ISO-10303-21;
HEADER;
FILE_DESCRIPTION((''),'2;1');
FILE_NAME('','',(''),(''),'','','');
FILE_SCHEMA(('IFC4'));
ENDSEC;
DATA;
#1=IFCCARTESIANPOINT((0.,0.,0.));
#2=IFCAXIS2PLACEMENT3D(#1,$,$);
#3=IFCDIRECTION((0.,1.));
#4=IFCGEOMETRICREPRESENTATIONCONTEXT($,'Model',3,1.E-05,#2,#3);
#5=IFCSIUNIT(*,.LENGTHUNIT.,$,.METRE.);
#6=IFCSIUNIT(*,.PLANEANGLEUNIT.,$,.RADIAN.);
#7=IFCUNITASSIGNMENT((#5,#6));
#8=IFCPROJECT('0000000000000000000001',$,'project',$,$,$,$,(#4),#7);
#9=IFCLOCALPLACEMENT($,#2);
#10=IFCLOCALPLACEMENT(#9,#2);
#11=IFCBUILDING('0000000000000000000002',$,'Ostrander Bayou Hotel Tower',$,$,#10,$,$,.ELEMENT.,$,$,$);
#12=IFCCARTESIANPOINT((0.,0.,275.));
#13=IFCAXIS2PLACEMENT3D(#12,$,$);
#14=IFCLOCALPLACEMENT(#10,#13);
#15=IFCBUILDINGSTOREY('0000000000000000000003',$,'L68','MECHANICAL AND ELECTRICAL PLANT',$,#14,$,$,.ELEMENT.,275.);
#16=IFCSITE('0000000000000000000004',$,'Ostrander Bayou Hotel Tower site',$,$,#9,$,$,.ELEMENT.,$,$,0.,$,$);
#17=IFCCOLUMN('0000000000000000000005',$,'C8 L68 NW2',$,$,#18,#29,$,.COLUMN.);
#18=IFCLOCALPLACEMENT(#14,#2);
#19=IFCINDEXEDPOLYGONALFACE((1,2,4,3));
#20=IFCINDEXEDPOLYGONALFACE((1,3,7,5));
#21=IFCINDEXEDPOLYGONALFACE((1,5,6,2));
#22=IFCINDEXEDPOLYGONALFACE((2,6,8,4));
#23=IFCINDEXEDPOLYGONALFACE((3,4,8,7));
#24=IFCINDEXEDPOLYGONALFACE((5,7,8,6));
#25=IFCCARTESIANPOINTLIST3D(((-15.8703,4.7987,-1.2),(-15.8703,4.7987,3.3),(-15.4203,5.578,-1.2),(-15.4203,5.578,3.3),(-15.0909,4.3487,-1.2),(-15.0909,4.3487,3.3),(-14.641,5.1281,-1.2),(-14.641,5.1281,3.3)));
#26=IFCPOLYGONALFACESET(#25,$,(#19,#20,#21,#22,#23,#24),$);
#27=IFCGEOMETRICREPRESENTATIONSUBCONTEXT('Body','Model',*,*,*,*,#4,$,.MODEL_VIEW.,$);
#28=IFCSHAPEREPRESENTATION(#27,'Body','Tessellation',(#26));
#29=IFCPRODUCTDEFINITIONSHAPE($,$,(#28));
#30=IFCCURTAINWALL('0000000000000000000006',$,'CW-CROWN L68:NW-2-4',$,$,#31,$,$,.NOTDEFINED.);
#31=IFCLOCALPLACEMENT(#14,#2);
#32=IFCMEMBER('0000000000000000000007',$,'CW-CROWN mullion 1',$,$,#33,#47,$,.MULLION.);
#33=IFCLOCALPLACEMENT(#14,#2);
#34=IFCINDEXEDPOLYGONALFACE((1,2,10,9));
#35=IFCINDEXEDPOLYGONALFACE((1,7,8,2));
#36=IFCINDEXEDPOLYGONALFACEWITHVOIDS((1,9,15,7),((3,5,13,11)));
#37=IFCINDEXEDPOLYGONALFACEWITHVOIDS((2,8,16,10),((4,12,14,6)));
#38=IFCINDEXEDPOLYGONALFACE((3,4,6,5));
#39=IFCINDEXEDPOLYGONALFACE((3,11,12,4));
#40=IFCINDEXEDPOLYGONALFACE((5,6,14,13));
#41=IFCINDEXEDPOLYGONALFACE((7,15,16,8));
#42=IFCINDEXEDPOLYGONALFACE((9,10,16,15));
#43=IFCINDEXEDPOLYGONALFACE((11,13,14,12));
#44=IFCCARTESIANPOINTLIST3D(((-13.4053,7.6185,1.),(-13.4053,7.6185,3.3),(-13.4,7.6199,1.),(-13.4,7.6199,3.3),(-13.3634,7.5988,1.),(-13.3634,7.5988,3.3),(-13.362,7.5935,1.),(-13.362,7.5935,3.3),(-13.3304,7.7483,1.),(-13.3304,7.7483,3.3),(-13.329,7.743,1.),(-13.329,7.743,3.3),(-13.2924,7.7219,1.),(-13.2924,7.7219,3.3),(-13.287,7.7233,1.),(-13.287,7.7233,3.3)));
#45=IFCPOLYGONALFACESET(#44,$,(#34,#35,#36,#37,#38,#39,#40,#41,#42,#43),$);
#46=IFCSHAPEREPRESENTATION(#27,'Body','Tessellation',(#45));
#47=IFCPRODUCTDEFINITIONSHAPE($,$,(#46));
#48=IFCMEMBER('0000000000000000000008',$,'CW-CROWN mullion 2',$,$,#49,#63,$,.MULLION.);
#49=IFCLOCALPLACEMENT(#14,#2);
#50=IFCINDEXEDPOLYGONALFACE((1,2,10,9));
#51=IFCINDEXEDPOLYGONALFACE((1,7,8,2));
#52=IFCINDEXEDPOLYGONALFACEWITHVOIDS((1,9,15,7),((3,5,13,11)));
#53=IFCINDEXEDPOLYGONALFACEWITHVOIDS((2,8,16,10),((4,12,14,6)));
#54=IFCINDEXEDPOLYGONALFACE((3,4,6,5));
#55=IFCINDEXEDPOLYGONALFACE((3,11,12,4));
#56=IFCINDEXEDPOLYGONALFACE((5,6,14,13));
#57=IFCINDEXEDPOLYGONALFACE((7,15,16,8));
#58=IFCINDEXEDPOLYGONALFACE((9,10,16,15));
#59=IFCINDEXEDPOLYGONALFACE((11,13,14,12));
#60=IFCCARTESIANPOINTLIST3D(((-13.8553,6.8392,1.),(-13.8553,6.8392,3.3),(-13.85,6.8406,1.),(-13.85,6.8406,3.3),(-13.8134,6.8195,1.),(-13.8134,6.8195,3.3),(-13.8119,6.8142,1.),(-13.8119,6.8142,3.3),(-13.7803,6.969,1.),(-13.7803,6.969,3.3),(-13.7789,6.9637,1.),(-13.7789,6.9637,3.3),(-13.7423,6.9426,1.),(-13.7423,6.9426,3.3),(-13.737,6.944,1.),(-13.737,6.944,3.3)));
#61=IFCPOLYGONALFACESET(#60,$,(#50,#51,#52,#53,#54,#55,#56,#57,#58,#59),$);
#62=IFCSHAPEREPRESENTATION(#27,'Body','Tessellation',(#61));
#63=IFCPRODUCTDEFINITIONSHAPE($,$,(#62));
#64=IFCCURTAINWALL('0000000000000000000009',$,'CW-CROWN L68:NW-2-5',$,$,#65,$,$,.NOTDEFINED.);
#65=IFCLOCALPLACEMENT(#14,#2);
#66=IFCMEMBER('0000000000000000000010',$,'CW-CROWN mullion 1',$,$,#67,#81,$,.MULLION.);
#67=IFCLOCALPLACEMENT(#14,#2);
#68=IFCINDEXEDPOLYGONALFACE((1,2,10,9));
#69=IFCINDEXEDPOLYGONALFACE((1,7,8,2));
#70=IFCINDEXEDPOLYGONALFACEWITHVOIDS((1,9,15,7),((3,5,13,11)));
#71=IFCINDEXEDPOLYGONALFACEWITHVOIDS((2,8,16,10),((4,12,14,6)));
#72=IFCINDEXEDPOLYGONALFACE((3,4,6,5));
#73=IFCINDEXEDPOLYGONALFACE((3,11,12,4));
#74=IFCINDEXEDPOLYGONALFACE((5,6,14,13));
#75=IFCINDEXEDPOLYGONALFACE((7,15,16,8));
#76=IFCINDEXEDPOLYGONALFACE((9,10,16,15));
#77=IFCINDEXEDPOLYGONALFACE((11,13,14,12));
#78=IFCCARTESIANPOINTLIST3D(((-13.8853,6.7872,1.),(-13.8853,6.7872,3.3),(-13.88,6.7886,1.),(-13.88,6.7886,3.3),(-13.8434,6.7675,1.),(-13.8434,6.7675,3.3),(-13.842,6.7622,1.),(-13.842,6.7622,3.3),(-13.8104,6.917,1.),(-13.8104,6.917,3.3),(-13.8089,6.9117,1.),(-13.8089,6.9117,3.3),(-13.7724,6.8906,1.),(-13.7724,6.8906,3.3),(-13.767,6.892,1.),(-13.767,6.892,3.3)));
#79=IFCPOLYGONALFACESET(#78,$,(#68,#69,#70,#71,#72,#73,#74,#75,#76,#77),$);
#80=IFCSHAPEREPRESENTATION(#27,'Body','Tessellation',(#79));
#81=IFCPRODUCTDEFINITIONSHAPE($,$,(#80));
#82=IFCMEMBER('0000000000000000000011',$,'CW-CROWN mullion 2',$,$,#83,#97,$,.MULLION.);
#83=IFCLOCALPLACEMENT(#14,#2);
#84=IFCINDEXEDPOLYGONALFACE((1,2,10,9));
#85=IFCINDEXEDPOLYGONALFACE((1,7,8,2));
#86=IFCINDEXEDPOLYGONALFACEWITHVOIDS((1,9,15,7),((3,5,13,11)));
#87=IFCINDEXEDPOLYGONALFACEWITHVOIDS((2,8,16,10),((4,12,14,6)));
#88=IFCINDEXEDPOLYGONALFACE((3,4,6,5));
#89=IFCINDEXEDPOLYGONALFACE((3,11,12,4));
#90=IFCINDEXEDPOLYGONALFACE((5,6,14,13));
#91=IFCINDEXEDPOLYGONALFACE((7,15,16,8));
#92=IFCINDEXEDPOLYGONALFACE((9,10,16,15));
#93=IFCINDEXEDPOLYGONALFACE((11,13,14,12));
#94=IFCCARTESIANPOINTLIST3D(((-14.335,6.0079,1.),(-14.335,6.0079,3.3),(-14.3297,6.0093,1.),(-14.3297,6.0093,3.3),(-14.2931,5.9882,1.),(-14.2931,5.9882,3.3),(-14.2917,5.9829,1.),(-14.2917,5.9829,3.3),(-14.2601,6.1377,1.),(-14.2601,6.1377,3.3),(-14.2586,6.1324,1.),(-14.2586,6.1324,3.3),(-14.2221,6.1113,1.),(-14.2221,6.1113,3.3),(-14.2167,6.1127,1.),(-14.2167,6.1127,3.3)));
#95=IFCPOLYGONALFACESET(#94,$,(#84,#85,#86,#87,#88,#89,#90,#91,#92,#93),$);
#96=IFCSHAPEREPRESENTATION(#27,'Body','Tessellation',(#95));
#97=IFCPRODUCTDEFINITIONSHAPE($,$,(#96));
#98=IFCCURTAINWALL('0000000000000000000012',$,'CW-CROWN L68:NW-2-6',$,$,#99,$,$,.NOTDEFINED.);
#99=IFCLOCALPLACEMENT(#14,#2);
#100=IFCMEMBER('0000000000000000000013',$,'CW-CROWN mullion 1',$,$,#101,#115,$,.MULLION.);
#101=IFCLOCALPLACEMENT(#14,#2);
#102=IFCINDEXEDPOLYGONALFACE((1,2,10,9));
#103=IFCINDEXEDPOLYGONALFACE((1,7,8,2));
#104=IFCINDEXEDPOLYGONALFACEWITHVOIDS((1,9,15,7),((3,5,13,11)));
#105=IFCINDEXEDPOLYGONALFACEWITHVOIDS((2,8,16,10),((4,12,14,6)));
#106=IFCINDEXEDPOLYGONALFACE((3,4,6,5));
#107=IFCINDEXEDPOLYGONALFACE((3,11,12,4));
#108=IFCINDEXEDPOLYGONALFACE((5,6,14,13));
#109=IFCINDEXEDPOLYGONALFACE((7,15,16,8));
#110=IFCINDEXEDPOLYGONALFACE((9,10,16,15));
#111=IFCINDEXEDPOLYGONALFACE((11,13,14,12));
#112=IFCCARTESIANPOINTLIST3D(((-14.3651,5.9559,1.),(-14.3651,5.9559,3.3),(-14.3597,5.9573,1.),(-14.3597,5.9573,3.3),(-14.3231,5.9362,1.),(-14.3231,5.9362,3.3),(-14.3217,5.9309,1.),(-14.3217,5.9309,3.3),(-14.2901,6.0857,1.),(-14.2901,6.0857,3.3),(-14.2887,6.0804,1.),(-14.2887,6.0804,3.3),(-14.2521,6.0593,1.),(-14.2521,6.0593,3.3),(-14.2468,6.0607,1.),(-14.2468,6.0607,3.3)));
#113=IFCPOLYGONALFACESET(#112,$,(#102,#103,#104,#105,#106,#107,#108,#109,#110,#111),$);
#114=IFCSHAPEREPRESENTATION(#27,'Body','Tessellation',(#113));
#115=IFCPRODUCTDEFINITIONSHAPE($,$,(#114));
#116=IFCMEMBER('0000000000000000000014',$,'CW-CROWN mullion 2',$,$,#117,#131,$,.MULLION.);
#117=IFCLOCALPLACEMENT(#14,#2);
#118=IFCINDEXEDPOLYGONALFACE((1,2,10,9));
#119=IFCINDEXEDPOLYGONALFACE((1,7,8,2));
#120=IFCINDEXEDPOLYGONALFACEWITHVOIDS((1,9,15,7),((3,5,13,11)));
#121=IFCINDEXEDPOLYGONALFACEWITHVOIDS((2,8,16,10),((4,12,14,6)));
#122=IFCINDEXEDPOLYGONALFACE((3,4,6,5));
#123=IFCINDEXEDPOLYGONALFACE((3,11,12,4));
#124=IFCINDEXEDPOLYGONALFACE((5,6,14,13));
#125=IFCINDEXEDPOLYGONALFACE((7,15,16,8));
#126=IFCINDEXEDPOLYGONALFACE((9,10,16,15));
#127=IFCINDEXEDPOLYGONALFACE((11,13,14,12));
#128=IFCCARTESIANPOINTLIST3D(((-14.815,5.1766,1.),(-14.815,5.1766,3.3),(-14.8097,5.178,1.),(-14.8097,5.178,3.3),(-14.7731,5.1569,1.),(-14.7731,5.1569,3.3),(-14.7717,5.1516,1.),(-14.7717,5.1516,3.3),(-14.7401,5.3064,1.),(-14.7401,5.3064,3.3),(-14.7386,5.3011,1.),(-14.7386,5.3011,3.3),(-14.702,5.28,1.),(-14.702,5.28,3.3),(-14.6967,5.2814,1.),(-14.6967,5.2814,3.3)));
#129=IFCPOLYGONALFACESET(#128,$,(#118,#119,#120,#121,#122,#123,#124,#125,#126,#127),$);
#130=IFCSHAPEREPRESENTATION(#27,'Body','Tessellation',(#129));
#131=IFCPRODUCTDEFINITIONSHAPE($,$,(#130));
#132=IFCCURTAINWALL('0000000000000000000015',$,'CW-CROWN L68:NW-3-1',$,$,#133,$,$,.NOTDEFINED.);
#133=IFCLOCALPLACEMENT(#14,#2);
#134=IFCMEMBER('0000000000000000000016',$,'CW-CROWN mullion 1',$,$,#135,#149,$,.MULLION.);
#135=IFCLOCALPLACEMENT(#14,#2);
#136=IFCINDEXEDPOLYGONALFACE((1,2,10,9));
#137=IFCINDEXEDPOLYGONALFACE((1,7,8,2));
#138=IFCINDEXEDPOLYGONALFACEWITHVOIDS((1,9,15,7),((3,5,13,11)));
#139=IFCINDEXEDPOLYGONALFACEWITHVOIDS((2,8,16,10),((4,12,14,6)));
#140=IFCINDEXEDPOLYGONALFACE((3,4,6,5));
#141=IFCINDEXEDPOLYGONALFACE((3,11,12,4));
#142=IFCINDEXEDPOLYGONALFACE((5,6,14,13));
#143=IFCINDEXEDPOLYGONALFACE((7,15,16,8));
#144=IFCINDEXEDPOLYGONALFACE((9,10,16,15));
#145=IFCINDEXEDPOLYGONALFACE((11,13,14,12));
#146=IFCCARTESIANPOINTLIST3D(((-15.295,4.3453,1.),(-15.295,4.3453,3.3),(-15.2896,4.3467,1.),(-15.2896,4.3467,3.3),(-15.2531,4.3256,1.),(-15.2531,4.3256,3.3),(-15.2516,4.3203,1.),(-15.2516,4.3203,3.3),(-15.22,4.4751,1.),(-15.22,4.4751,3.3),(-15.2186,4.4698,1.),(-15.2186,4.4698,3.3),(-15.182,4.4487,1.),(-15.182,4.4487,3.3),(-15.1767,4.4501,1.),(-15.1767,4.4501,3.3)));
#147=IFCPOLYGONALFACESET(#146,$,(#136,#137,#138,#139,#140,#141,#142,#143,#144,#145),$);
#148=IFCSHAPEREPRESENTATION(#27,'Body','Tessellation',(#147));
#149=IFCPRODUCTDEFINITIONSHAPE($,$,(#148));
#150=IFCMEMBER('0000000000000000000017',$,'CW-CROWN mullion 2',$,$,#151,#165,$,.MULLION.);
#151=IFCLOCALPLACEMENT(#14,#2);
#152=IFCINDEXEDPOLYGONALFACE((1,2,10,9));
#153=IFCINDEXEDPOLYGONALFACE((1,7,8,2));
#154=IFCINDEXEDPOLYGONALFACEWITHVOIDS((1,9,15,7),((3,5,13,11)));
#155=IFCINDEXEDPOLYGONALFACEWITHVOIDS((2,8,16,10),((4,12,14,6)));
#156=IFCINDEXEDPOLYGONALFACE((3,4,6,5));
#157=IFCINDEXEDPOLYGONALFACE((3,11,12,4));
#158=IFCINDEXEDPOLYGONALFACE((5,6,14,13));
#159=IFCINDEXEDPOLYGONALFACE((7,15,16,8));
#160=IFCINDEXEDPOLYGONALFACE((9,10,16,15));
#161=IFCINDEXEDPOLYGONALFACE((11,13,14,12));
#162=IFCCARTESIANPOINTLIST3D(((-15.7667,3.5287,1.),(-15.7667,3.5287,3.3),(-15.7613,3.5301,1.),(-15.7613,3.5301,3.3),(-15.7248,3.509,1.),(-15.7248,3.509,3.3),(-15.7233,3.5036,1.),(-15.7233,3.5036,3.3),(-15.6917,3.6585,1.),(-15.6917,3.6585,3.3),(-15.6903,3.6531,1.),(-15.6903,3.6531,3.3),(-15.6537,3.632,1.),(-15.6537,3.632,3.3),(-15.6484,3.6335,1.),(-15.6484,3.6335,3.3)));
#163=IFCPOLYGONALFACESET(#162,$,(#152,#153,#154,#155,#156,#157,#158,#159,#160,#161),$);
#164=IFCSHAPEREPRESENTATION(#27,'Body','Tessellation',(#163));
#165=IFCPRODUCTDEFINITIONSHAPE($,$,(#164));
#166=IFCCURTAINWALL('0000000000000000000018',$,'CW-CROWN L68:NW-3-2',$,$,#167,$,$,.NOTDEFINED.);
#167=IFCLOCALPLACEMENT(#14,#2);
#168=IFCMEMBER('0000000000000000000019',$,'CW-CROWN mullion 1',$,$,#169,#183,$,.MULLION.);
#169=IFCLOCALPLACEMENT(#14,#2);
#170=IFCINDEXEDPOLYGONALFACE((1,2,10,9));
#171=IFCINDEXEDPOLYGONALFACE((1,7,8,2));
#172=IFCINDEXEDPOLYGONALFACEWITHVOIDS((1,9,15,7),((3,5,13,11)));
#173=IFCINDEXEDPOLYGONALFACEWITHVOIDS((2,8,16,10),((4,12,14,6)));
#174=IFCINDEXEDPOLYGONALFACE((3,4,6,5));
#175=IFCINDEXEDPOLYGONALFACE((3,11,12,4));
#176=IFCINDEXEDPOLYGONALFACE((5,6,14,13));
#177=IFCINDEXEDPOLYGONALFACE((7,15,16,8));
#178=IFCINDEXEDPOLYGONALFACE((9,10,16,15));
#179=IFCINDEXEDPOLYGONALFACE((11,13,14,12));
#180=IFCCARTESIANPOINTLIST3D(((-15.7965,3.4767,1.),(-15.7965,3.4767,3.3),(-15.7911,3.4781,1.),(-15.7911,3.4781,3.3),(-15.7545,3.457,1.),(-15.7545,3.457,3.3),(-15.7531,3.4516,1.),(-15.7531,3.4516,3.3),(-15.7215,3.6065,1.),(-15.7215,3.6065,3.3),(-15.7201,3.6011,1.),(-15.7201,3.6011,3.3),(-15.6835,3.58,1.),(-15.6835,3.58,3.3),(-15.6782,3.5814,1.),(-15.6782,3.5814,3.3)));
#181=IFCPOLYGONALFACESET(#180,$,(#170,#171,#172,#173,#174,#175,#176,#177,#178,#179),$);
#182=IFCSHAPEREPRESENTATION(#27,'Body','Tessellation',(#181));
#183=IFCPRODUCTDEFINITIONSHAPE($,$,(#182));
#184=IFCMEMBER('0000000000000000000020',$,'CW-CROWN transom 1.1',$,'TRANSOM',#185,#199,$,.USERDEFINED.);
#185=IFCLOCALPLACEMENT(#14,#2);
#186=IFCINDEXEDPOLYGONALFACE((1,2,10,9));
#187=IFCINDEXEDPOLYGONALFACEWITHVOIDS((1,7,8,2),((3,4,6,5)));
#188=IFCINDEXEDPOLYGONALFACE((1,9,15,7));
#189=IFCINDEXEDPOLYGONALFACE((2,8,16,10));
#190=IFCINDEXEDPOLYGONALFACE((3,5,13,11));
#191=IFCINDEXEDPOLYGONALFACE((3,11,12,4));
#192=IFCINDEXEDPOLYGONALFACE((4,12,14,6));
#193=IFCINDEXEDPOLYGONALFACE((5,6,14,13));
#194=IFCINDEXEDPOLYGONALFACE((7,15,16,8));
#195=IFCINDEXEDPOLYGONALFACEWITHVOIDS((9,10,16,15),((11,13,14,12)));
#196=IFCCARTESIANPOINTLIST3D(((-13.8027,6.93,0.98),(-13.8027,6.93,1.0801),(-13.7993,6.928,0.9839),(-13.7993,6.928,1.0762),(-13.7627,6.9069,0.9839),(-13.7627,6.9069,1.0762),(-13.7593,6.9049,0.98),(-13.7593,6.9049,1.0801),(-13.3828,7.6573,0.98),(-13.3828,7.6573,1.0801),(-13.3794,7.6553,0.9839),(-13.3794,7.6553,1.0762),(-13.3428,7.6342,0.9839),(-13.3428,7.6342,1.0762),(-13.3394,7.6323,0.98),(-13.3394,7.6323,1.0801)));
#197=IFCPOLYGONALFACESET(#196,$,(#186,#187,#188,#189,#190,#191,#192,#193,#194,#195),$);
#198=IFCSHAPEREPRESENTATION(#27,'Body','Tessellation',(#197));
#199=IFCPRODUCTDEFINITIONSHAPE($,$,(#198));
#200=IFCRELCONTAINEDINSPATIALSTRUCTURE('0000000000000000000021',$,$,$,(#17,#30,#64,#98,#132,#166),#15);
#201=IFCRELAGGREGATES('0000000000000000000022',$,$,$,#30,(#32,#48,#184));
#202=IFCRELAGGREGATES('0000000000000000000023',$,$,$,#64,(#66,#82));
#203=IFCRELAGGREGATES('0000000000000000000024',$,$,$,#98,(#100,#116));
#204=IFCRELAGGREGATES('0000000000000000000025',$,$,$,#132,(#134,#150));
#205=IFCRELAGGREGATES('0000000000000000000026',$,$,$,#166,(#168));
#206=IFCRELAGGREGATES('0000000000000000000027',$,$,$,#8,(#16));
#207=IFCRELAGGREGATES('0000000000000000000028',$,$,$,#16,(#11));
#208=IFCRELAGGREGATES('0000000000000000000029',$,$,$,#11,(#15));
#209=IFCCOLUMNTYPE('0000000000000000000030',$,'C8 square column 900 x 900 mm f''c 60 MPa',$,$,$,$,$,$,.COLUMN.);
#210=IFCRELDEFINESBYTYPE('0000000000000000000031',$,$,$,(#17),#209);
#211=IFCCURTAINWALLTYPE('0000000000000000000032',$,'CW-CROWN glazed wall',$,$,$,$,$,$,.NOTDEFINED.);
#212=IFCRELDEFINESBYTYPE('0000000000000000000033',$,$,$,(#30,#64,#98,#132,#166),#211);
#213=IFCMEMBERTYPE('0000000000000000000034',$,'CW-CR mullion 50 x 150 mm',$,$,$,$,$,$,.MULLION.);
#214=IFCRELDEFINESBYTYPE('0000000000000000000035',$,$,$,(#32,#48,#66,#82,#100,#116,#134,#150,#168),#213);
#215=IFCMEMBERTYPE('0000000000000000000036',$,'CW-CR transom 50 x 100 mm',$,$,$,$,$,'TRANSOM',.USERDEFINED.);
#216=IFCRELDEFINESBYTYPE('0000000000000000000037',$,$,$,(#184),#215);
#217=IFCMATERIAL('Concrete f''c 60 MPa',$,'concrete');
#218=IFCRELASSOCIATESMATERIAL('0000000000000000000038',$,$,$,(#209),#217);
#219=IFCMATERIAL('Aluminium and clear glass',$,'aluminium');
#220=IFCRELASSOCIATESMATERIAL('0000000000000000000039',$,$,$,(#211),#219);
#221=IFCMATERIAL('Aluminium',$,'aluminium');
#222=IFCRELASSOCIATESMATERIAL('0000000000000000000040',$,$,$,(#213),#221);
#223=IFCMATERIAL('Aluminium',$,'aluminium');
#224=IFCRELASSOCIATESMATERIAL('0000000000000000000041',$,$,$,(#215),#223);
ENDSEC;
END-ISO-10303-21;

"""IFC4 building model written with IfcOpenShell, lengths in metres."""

from ifc_helpers import new_model, si_unit, direction, frame, origin, origin_2d, place, context, subcontext, project, spatial, rectangle, hollow_rectangle, extrude, material, material_profile, profile_set, type_object, element, aggregate, save


model = new_model("IFC4")

# Units and contexts
model_context = context("Model", 3, precision=1e-05, world=origin(), true_north=direction((0.0, 1.0)))
body_context = subcontext(model_context, "Body", "Model", "MODEL_VIEW")
ifc_project = project(units=[si_unit("LENGTHUNIT", "METRE"), si_unit("PLANEANGLEUNIT", "RADIAN")], contexts=[model_context])

# Site, building, storey
site_placement = place(None, origin())
site = spatial("IfcSite", under=ifc_project, at=site_placement, Name="Ostrander Bayou Hotel Tower site", CompositionType="ELEMENT", RefElevation=0.0)
building_placement = place(site_placement, origin())
building = spatial("IfcBuilding", under=site, at=building_placement, Name="Ostrander Bayou Hotel Tower", CompositionType="ELEMENT")
storey_placement = place(building_placement, frame((0.0, 0.0, 275.0)))
storey = spatial("IfcBuildingStorey", under=building, at=storey_placement, Name="L68", Description="MECHANICAL AND ELECTRICAL PLANT", CompositionType="ELEMENT", Elevation=275.0)

# Column
ifc_material_1 = material(Name="Concrete f'c 60 MPa", Category="concrete")
ifc_material_profile_1 = material_profile(ifc_material_1, rectangle(XDim=0.8999, YDim=0.8999, at=origin_2d()))
ifc_profile_set_1 = profile_set([ifc_material_profile_1], Name="Concrete f'c 60 MPa")
column_type = type_object("IfcColumnType", Name="C8 square column 900 x 900 mm f'c 60 MPa", PredefinedType="COLUMN", material=ifc_profile_set_1)
column_placement = place(storey_placement, frame((-15.2556, 4.9634, -1.2), z_axis=(0.0, 0.0, 1.0), x_axis=(0.5, 0.866025, 0.0)))
element("IfcColumn", 1, at=column_placement, inside=storey, type_object=column_type, Name="C8 L68 NW2", PredefinedType="COLUMN", context=body_context, shape_type="SweptSolid", body=[
    extrude(rectangle(XDim=0.8999, YDim=0.8999, at=origin_2d()), origin(), (0.0, 0.0, 1.0), 4.5),
])

# Curtain walls, members
ifc_material_2 = material(Name="Aluminium and clear glass", Category="aluminium")
curtain_wall_type = type_object("IfcCurtainWallType", Name="CW-CROWN glazed wall", PredefinedType="NOTDEFINED", material=ifc_material_2)
curtain_wall_1_placement = place(storey_placement, origin())
curtain_wall_1 = element("IfcCurtainWall", 2, at=curtain_wall_1_placement, inside=storey, type_object=curtain_wall_type, Name="CW-CROWN L68:NW-2-4", PredefinedType="NOTDEFINED")
ifc_material_3 = material(Name="Aluminium", Category="aluminium")
ifc_material_profile_2 = material_profile(ifc_material_3, hollow_rectangle(XDim=0.05, YDim=0.1499, WallThickness=0.0039, at=origin_2d()))
ifc_profile_set_2 = profile_set([ifc_material_profile_2], Name="Aluminium")
member_type_1 = type_object("IfcMemberType", Name="CW-CR mullion 50 x 150 mm", PredefinedType="MULLION", material=ifc_profile_set_2)
member_1_placement = place(storey_placement, frame((-13.3462, 7.6709, 1.0), z_axis=(0.0, 0.0, 1.0), x_axis=(0.866049, -0.49996, 0.0)))
member_1 = element("IfcMember", 3, at=member_1_placement, type_object=member_type_1, Name="CW-CROWN mullion 1", PredefinedType="MULLION", context=body_context, shape_type="SweptSolid", body=[
    extrude(hollow_rectangle(XDim=0.05, YDim=0.1499, WallThickness=0.0039, at=origin_2d()), origin(), (0.0, 0.0, 1.0), 2.3),
])
member_2_placement = place(storey_placement, frame((-13.7961, 6.8916, 1.0), z_axis=(0.0, 0.0, 1.0), x_axis=(0.866049, -0.49996, 0.0)))
member_2 = element("IfcMember", 4, at=member_2_placement, type_object=member_type_1, Name="CW-CROWN mullion 2", PredefinedType="MULLION", context=body_context, shape_type="SweptSolid", body=[
    extrude(hollow_rectangle(XDim=0.05, YDim=0.1499, WallThickness=0.0039, at=origin_2d()), origin(), (0.0, 0.0, 1.0), 2.3),
])
curtain_wall_2_placement = place(storey_placement, origin())
curtain_wall_2 = element("IfcCurtainWall", 5, at=curtain_wall_2_placement, inside=storey, type_object=curtain_wall_type, Name="CW-CROWN L68:NW-2-5", PredefinedType="NOTDEFINED")
member_3_placement = place(storey_placement, frame((-13.8262, 6.8396, 1.0), z_axis=(0.0, 0.0, 1.0), x_axis=(0.866022, -0.500005, 0.0)))
member_3 = element("IfcMember", 6, at=member_3_placement, type_object=member_type_1, Name="CW-CROWN mullion 1", PredefinedType="MULLION", context=body_context, shape_type="SweptSolid", body=[
    extrude(hollow_rectangle(XDim=0.05, YDim=0.1499, WallThickness=0.0039, at=origin_2d()), origin(), (0.0, 0.0, 1.0), 2.3),
])
member_4_placement = place(storey_placement, frame((-14.2759, 6.0603, 1.0), z_axis=(0.0, 0.0, 1.0), x_axis=(0.866022, -0.500005, 0.0)))
member_4 = element("IfcMember", 7, at=member_4_placement, type_object=member_type_1, Name="CW-CROWN mullion 2", PredefinedType="MULLION", context=body_context, shape_type="SweptSolid", body=[
    extrude(hollow_rectangle(XDim=0.05, YDim=0.1499, WallThickness=0.0039, at=origin_2d()), origin(), (0.0, 0.0, 1.0), 2.3),
])
curtain_wall_3_placement = place(storey_placement, origin())
curtain_wall_3 = element("IfcCurtainWall", 8, at=curtain_wall_3_placement, inside=storey, type_object=curtain_wall_type, Name="CW-CROWN L68:NW-2-6", PredefinedType="NOTDEFINED")
member_5_placement = place(storey_placement, frame((-14.3059, 6.0083, 1.0), z_axis=(0.0, 0.0, 1.0), x_axis=(0.866022, -0.500005, 0.0)))
member_5 = element("IfcMember", 9, at=member_5_placement, type_object=member_type_1, Name="CW-CROWN mullion 1", PredefinedType="MULLION", context=body_context, shape_type="SweptSolid", body=[
    extrude(hollow_rectangle(XDim=0.05, YDim=0.1499, WallThickness=0.0039, at=origin_2d()), origin(), (0.0, 0.0, 1.0), 2.3),
])
member_6_placement = place(storey_placement, frame((-14.7559, 5.229, 1.0), z_axis=(0.0, 0.0, 1.0), x_axis=(0.866022, -0.500005, 0.0)))
member_6 = element("IfcMember", 10, at=member_6_placement, type_object=member_type_1, Name="CW-CROWN mullion 2", PredefinedType="MULLION", context=body_context, shape_type="SweptSolid", body=[
    extrude(hollow_rectangle(XDim=0.05, YDim=0.1499, WallThickness=0.0039, at=origin_2d()), origin(), (0.0, 0.0, 1.0), 2.3),
])
curtain_wall_4_placement = place(storey_placement, origin())
curtain_wall_4 = element("IfcCurtainWall", 11, at=curtain_wall_4_placement, inside=storey, type_object=curtain_wall_type, Name="CW-CROWN L68:NW-3-1", PredefinedType="NOTDEFINED")
member_7_placement = place(storey_placement, frame((-15.2358, 4.3977, 1.0), z_axis=(0.0, 0.0, 1.0), x_axis=(0.866044, -0.499967, 0.0)))
member_7 = element("IfcMember", 12, at=member_7_placement, type_object=member_type_1, Name="CW-CROWN mullion 1", PredefinedType="MULLION", context=body_context, shape_type="SweptSolid", body=[
    extrude(hollow_rectangle(XDim=0.05, YDim=0.1499, WallThickness=0.0039, at=origin_2d()), origin(), (0.0, 0.0, 1.0), 2.3),
])
member_8_placement = place(storey_placement, frame((-15.7075, 3.5811, 1.0), z_axis=(0.0, 0.0, 1.0), x_axis=(0.866044, -0.499967, 0.0)))
member_8 = element("IfcMember", 13, at=member_8_placement, type_object=member_type_1, Name="CW-CROWN mullion 2", PredefinedType="MULLION", context=body_context, shape_type="SweptSolid", body=[
    extrude(hollow_rectangle(XDim=0.05, YDim=0.1499, WallThickness=0.0039, at=origin_2d()), origin(), (0.0, 0.0, 1.0), 2.3),
])

# Curtain wall, member
curtain_wall_5_placement = place(storey_placement, origin())
curtain_wall_5 = element("IfcCurtainWall", 14, at=curtain_wall_5_placement, inside=storey, type_object=curtain_wall_type, Name="CW-CROWN L68:NW-3-2", PredefinedType="NOTDEFINED")
member_9_placement = place(storey_placement, frame((-15.7373, 3.5291, 1.0), z_axis=(0.0, 0.0, 1.0), x_axis=(0.866001, -0.500042, 0.0)))
member_9 = element("IfcMember", 15, at=member_9_placement, type_object=member_type_1, Name="CW-CROWN mullion 1", PredefinedType="MULLION", context=body_context, shape_type="SweptSolid", body=[
    extrude(hollow_rectangle(XDim=0.05, YDim=0.1499, WallThickness=0.0039, at=origin_2d()), origin(), (0.0, 0.0, 1.0), 2.3),
])

# Member
ifc_material_4 = material(Name="Aluminium", Category="aluminium")
ifc_material_profile_3 = material_profile(ifc_material_4, hollow_rectangle(XDim=0.05, YDim=0.1001, WallThickness=0.0039, at=origin_2d()))
ifc_profile_set_3 = profile_set([ifc_material_profile_3], Name="Aluminium")
member_type_2 = type_object("IfcMemberType", Name="CW-CR transom 50 x 100 mm", ElementType="TRANSOM", PredefinedType="USERDEFINED", material=ifc_profile_set_3)
member_10_placement = place(storey_placement, frame((-13.3611, 7.6448, 1.03), z_axis=(-0.500016, -0.866016, 0.0), x_axis=(0.866016, -0.500016, 0.0)))
member_10 = element("IfcMember", 16, at=member_10_placement, type_object=member_type_2, Name="CW-CROWN transom 1.1", ObjectType="TRANSOM", PredefinedType="USERDEFINED", context=body_context, shape_type="SweptSolid", body=[
    extrude(hollow_rectangle(XDim=0.05, YDim=0.1001, WallThickness=0.0039, at=origin_2d()), origin(), (0.0, 0.0, 1.0), 0.8398),
])
aggregate(curtain_wall_1, [member_1, member_2, member_10])
aggregate(curtain_wall_2, [member_3, member_4])
aggregate(curtain_wall_3, [member_5, member_6])
aggregate(curtain_wall_4, [member_7, member_8])
aggregate(curtain_wall_5, [member_9])

save(model, "model.ifc")
